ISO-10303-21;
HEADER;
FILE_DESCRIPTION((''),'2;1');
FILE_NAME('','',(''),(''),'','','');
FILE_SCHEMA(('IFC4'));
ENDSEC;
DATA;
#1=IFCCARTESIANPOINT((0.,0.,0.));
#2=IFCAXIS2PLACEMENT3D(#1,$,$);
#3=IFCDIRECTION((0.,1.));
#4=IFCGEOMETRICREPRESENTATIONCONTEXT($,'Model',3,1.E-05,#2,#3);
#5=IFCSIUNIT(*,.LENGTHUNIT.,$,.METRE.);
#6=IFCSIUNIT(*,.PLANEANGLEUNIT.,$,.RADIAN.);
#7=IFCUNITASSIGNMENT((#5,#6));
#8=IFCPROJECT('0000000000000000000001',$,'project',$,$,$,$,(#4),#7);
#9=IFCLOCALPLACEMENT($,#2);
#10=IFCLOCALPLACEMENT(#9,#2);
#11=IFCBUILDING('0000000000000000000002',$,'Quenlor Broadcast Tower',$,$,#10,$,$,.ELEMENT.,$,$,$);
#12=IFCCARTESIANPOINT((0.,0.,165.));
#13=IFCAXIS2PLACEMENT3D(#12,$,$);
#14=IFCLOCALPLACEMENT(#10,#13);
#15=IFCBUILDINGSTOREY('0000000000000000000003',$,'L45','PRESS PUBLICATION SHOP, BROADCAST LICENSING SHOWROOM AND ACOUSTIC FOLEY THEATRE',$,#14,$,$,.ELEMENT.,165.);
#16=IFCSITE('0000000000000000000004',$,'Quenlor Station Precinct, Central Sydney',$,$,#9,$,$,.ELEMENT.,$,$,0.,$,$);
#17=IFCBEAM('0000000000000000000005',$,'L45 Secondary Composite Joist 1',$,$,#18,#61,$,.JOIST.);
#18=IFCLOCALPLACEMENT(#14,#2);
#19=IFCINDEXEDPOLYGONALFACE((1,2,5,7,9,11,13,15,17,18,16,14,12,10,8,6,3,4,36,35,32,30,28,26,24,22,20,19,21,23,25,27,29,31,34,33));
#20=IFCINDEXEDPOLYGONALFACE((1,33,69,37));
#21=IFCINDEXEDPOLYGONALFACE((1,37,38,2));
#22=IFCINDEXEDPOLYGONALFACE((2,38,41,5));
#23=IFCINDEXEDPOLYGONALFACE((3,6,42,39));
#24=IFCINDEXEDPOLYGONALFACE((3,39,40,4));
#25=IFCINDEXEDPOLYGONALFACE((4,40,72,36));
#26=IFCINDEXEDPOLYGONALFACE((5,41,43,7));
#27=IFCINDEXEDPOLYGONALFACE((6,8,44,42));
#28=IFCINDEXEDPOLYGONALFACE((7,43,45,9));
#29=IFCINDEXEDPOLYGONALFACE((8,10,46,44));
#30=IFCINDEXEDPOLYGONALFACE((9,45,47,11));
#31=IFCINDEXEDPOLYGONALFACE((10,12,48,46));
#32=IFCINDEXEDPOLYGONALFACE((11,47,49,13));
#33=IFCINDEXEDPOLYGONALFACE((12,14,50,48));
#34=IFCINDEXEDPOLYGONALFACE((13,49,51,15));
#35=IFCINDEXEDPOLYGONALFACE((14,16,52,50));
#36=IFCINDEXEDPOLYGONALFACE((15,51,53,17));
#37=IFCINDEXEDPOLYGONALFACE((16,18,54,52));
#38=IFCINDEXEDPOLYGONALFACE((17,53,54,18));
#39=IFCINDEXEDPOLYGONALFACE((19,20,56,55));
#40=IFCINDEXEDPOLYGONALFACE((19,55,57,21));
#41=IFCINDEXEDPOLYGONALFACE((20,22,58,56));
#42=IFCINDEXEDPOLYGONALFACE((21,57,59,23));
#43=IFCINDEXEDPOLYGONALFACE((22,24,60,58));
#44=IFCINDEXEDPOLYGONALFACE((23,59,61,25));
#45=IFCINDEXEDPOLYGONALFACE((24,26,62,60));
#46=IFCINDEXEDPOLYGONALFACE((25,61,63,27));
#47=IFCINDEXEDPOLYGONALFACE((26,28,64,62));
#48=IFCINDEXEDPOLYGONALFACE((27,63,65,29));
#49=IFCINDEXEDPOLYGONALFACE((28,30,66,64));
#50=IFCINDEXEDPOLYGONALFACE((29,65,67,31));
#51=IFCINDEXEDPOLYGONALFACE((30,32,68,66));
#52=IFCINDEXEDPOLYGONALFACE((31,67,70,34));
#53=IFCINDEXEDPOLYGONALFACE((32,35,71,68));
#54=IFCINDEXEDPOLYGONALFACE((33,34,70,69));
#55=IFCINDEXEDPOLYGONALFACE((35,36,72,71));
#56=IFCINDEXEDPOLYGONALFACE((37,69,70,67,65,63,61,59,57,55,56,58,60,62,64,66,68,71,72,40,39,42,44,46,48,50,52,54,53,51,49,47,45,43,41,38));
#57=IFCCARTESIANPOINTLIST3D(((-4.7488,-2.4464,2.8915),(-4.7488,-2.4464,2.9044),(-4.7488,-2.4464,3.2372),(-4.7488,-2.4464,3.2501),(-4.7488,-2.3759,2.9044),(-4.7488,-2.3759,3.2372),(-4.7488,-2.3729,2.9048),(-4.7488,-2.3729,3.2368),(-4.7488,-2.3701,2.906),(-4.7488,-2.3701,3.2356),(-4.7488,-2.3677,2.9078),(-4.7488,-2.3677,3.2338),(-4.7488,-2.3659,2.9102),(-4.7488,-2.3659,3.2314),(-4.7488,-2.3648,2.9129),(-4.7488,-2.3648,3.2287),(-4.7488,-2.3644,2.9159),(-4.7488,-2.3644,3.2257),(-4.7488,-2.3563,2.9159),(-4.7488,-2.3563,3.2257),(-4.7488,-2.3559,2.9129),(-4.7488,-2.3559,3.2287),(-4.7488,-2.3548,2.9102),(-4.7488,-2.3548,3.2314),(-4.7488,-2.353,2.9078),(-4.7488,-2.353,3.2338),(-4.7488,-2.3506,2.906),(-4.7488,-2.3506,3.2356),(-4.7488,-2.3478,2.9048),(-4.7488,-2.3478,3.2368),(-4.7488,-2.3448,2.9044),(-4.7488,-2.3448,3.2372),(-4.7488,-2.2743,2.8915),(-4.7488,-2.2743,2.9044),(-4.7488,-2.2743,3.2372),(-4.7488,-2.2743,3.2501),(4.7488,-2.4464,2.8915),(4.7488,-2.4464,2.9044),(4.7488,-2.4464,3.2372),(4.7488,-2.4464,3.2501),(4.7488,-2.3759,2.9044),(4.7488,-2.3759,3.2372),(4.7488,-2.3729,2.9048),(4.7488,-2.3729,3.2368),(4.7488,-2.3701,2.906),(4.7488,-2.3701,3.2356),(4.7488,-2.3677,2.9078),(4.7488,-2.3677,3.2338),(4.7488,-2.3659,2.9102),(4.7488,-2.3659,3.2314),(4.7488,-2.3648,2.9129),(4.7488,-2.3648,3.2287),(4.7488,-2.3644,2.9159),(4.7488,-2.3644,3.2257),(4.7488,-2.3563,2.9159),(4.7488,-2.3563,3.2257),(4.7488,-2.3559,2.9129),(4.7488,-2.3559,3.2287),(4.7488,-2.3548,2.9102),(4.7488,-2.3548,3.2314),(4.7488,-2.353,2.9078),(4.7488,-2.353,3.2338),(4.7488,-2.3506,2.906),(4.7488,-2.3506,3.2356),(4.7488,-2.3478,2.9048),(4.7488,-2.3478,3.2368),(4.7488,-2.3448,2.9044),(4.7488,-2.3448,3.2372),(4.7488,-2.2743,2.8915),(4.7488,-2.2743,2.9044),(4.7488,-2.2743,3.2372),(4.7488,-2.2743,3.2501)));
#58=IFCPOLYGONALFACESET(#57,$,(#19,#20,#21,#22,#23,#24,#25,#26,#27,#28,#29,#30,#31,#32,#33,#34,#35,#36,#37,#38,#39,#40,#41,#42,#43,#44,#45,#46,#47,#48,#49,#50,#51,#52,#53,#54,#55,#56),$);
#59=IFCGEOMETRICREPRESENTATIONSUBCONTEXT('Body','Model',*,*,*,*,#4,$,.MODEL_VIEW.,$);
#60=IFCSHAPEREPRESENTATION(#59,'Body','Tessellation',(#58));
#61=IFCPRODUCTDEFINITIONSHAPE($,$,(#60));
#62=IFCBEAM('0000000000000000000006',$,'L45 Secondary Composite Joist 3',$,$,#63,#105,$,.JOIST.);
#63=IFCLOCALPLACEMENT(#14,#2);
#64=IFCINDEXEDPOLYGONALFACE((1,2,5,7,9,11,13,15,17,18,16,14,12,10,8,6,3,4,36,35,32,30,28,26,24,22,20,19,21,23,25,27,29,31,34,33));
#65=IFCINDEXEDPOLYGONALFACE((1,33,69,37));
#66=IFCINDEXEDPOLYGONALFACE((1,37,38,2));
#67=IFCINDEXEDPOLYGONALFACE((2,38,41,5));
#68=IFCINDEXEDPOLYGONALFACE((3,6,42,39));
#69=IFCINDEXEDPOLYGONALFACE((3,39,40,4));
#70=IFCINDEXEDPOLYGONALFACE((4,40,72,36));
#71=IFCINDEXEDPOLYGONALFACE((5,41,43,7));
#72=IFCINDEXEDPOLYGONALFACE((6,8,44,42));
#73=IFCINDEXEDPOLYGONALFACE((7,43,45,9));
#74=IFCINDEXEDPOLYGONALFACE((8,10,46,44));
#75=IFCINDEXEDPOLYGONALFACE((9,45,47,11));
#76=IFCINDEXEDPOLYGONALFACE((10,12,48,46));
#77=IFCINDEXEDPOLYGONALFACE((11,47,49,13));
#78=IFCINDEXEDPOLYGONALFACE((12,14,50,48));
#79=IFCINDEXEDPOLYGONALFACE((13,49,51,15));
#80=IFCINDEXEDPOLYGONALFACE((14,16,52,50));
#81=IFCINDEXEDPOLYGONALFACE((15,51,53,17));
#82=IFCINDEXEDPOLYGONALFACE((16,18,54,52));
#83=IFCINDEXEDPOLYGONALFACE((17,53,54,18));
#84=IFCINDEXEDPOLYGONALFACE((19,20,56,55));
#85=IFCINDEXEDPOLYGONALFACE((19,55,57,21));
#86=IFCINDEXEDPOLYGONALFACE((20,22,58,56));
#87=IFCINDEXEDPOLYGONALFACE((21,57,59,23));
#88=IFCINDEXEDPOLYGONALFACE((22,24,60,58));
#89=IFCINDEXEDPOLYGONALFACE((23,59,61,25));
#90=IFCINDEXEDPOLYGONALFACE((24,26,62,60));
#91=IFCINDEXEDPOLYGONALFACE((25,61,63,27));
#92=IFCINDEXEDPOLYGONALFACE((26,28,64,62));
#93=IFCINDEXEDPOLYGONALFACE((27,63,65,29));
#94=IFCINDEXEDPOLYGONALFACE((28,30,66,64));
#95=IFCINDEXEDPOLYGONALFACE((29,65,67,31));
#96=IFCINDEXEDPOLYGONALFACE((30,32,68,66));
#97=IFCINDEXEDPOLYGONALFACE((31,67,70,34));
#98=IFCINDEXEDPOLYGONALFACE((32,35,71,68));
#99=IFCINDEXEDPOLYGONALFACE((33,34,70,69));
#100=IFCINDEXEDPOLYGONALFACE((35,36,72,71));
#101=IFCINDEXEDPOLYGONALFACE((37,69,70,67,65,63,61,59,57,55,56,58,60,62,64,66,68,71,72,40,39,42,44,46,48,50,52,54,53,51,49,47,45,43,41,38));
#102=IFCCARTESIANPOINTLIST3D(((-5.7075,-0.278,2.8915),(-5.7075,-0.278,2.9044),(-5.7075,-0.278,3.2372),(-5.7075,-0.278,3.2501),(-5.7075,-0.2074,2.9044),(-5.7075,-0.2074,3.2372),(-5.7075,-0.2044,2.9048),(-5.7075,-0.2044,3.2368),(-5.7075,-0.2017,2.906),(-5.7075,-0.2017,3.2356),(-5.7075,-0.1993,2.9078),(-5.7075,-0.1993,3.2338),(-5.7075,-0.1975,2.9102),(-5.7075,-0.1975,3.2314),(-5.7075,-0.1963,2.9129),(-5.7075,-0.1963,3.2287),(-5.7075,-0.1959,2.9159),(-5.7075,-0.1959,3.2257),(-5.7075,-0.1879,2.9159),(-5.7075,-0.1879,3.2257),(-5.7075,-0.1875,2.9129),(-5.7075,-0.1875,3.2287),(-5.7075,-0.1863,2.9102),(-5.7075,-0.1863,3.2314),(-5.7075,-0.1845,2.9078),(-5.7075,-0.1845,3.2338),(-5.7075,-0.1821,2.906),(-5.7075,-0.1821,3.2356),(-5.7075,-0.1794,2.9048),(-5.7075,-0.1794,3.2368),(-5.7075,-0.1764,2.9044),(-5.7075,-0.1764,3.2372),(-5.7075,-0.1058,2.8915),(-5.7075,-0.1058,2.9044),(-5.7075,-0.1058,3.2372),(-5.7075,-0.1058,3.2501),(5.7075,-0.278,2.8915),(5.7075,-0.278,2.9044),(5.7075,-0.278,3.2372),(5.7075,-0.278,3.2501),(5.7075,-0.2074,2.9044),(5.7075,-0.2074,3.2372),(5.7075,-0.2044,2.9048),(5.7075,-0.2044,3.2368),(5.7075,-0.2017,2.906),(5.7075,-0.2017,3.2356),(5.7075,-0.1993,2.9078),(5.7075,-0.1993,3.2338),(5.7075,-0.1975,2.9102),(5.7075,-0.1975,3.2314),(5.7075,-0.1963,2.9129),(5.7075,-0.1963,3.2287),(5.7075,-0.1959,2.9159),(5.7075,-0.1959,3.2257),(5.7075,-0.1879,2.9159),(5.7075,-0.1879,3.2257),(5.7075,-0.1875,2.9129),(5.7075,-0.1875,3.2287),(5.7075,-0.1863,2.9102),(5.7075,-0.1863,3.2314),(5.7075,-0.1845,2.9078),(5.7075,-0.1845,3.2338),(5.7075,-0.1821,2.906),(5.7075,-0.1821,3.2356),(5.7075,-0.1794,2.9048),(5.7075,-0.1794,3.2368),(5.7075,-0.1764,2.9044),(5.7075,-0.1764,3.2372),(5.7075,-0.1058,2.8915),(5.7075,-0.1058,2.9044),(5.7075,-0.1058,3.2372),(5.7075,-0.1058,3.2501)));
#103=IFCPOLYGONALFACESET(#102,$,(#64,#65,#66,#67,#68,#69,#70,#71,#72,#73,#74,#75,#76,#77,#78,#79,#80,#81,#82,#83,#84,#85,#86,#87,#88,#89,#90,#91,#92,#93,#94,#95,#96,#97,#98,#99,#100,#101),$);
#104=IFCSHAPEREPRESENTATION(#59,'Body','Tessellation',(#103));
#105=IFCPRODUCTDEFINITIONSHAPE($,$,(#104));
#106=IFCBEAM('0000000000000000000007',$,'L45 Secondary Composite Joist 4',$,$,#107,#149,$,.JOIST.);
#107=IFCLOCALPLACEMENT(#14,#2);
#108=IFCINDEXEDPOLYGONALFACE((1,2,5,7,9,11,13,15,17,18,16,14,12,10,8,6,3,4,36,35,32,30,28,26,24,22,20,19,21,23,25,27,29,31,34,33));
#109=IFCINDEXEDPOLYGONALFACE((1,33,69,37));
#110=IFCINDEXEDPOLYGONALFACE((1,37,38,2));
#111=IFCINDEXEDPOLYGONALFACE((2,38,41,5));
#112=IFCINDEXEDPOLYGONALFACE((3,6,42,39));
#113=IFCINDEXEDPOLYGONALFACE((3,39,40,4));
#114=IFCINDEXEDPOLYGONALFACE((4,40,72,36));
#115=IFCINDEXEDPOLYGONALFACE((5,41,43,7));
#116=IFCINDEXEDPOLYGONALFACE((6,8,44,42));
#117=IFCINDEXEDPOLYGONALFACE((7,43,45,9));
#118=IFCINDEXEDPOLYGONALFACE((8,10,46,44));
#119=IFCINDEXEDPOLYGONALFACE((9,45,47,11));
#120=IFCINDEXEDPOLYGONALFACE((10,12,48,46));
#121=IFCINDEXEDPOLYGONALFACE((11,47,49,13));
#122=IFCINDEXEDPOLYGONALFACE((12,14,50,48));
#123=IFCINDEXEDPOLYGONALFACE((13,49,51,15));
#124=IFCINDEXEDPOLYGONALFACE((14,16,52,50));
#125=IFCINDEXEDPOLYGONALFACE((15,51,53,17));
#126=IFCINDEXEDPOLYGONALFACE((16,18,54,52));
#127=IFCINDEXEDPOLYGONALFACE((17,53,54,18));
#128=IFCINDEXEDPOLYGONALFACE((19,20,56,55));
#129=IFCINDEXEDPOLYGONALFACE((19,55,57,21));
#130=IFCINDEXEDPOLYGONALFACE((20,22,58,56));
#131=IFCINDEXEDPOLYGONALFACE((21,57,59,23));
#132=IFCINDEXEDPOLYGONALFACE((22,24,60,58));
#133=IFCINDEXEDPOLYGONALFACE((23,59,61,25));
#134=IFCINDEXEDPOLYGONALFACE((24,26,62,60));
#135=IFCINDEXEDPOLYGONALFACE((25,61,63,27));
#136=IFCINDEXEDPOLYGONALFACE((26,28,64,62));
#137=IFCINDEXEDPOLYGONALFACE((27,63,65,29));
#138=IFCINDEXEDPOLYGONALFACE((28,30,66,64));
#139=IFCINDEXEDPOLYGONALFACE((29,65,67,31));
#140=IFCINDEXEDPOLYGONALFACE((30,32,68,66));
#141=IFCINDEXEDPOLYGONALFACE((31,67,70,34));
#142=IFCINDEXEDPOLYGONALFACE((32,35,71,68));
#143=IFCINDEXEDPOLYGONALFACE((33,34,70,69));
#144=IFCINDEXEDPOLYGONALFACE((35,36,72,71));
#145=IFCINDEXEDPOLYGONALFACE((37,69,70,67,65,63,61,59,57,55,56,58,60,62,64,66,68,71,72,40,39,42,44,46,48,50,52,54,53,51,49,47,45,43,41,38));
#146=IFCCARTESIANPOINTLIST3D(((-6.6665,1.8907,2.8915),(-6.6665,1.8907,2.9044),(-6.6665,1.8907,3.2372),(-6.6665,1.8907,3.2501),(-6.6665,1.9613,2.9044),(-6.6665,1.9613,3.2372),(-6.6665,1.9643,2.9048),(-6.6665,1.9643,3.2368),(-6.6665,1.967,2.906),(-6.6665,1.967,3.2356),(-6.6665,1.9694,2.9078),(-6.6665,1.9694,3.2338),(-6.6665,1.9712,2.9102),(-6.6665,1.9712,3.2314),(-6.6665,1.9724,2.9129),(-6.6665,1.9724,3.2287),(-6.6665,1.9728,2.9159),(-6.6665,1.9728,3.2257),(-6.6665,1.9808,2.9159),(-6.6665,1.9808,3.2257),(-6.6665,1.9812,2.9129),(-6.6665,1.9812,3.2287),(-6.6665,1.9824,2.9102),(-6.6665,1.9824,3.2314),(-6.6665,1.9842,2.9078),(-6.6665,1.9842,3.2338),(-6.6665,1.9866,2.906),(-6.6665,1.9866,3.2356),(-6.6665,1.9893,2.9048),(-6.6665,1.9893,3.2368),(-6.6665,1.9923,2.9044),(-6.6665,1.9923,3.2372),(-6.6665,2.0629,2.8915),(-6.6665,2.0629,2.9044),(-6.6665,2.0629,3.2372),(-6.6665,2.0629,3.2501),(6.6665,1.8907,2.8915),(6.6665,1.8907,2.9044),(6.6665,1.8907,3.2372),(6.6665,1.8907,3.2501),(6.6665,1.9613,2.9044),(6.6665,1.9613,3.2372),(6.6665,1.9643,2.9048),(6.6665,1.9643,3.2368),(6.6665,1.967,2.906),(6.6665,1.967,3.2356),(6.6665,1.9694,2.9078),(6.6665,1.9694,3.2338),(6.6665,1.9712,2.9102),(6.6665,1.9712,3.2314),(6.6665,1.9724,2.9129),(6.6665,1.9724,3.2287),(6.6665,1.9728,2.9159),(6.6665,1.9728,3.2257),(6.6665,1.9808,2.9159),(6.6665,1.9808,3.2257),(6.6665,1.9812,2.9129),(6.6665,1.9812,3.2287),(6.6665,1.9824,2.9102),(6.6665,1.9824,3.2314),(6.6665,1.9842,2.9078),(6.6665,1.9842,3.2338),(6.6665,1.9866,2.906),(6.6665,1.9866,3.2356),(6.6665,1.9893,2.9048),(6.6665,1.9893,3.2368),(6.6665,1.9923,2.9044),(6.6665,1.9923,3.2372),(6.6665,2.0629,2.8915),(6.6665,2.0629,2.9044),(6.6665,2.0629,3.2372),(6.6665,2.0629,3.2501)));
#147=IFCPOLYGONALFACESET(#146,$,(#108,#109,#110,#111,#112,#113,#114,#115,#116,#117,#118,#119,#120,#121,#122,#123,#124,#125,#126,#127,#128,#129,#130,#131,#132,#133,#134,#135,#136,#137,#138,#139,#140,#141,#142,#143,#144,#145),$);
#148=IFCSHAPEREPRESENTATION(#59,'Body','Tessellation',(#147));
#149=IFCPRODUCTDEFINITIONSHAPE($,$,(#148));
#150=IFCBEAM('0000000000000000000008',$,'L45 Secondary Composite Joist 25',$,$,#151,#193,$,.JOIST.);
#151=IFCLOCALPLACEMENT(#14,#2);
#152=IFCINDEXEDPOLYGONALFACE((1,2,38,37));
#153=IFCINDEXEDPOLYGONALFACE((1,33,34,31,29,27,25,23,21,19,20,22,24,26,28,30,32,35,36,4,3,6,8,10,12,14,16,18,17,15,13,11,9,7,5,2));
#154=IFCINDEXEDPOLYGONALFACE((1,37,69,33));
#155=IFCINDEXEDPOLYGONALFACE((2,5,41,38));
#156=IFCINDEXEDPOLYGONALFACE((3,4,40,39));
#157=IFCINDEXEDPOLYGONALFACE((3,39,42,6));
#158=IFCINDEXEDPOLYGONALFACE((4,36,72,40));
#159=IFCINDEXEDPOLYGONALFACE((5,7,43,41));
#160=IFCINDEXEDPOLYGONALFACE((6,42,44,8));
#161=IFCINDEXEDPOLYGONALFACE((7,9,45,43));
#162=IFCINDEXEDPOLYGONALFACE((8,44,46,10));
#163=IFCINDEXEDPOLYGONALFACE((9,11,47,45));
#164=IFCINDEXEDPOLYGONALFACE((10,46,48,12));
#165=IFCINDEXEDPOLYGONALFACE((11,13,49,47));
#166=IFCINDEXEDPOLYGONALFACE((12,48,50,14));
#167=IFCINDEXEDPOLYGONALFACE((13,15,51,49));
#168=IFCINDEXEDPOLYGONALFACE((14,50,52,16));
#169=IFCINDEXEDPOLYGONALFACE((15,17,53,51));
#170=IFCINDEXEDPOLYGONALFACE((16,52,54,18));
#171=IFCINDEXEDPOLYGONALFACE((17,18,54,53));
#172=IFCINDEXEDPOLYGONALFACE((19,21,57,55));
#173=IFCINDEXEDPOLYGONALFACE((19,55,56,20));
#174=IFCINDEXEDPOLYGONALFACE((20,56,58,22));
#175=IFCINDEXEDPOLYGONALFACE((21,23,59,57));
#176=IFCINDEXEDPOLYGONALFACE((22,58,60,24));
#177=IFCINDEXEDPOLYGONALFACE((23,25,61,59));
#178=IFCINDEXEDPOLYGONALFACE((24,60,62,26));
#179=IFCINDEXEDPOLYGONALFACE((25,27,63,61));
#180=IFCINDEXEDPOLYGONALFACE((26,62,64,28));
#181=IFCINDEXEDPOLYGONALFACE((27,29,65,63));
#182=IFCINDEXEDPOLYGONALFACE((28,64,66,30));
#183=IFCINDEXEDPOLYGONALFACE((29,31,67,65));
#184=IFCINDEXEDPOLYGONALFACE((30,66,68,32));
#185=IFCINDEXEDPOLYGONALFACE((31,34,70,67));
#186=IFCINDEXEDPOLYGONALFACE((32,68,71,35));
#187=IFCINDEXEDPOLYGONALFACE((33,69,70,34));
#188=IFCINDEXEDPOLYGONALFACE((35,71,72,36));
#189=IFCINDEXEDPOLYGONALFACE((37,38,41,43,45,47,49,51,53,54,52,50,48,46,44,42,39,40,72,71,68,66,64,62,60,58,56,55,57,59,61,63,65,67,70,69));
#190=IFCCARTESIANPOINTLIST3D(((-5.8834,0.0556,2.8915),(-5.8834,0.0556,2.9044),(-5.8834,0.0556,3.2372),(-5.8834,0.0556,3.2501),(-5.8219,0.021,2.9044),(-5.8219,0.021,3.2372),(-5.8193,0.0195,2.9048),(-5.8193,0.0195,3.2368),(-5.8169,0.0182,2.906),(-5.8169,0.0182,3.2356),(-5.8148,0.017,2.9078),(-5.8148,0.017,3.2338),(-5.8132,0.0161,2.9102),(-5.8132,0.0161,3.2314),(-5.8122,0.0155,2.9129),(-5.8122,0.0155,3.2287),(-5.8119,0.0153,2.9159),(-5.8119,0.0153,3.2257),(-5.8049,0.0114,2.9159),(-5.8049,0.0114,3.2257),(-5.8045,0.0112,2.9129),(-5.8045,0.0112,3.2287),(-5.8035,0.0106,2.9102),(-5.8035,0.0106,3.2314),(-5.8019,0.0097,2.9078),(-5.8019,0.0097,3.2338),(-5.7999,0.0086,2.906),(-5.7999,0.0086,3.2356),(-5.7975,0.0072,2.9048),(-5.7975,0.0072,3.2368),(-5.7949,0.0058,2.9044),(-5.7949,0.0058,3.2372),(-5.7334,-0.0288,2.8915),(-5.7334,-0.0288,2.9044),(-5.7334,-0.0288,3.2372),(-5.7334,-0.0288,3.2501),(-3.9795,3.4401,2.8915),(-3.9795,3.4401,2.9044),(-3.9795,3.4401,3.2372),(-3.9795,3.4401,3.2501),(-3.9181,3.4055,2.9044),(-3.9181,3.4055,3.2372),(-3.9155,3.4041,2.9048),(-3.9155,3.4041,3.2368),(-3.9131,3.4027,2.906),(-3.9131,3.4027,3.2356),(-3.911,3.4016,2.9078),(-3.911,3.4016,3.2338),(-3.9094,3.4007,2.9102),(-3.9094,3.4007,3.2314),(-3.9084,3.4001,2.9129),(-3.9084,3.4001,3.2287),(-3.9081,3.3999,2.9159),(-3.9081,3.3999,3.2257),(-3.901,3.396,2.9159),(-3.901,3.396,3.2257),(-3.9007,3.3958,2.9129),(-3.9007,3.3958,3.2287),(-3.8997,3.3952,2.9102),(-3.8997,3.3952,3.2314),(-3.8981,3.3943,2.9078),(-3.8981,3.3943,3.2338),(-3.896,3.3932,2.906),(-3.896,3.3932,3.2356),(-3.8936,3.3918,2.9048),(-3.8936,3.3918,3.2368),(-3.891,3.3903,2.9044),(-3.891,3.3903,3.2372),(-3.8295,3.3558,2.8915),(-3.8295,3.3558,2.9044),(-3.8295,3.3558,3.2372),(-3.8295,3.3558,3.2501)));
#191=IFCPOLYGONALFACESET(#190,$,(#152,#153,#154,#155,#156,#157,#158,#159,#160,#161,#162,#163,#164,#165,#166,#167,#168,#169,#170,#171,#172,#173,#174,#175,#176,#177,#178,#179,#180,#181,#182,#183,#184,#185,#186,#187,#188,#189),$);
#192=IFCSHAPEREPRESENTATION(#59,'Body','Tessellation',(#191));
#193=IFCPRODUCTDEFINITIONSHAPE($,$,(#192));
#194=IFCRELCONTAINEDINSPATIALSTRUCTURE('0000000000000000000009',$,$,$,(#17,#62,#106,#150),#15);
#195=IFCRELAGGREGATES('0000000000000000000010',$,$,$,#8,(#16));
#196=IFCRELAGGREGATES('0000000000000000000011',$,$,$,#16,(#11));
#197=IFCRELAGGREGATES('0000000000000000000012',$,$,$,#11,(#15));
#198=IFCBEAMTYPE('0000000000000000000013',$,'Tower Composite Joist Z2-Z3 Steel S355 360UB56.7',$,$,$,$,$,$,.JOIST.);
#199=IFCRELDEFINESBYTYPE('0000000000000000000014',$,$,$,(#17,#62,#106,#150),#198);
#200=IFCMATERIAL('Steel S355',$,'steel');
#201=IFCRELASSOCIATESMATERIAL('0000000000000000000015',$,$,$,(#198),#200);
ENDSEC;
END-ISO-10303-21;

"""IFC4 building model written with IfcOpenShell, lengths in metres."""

from ifc_helpers import new_model, si_unit, direction, frame, origin, origin_2d, place, context, subcontext, project, spatial, i_section, extrude, material, material_profile, profile_set, type_object, element, save


model = new_model("IFC4")

# Units and contexts
model_context = context("Model", 3, precision=1e-05, world=origin(), true_north=direction((0.0, 1.0)))
body_context = subcontext(model_context, "Body", "Model", "MODEL_VIEW")
ifc_project = project(units=[si_unit("LENGTHUNIT", "METRE"), si_unit("PLANEANGLEUNIT", "RADIAN")], contexts=[model_context])

# Site, building, storey
site_placement = place(None, origin())
site = spatial("IfcSite", under=ifc_project, at=site_placement, Name="Quenlor Station Precinct, Central Sydney", CompositionType="ELEMENT", RefElevation=0.0)
building_placement = place(site_placement, origin())
building = spatial("IfcBuilding", under=site, at=building_placement, Name="Quenlor Broadcast Tower", CompositionType="ELEMENT")
storey_placement = place(building_placement, frame((0.0, 0.0, 165.0)))
storey = spatial("IfcBuildingStorey", under=building, at=storey_placement, Name="L45", Description="PRESS PUBLICATION SHOP, BROADCAST LICENSING SHOWROOM AND ACOUSTIC FOLEY THEATRE", CompositionType="ELEMENT", Elevation=165.0)

# Beams
ifc_material_1 = material(Name="Steel S355", Category="steel")
ifc_material_profile = material_profile(ifc_material_1, i_section(OverallWidth=0.1721, OverallDepth=0.3586, WebThickness=0.0081, FlangeThickness=0.0129, FilletRadius=0.0115, at=origin_2d()))
ifc_profile_set = profile_set([ifc_material_profile], Name="Steel S355 360UB56.7")
beam_type = type_object("IfcBeamType", Name="Tower Composite Joist Z2-Z3 Steel S355 360UB56.7", PredefinedType="JOIST", material=ifc_profile_set)
beam_1_placement = place(storey_placement, frame((-4.7488, -2.3604, 3.0708), z_axis=(1.0, 0.0, 0.0), x_axis=(0.0, 1.0, 0.0)))
element("IfcBeam", 1, at=beam_1_placement, inside=storey, type_object=beam_type, Name="L45 Secondary Composite Joist 1", PredefinedType="JOIST", context=body_context, shape_type="SweptSolid", body=[
    extrude(i_section(OverallWidth=0.1721, OverallDepth=0.3586, WebThickness=0.0081, FlangeThickness=0.0129, FilletRadius=0.0115, at=origin_2d()), origin(), (0.0, 0.0, 1.0), 9.4976),
])
beam_2_placement = place(storey_placement, frame((-5.7075, -0.1919, 3.0708), z_axis=(1.0, 0.0, 0.0), x_axis=(0.0, 1.0, 0.0)))
element("IfcBeam", 2, at=beam_2_placement, inside=storey, type_object=beam_type, Name="L45 Secondary Composite Joist 3", PredefinedType="JOIST", context=body_context, shape_type="SweptSolid", body=[
    extrude(i_section(OverallWidth=0.1721, OverallDepth=0.3586, WebThickness=0.0081, FlangeThickness=0.0129, FilletRadius=0.0115, at=origin_2d()), origin(), (0.0, 0.0, 1.0), 11.415),
])
beam_3_placement = place(storey_placement, frame((-6.6665, 1.9768, 3.0708), z_axis=(1.0, 0.0, 0.0), x_axis=(0.0, 1.0, 0.0)))
element("IfcBeam", 3, at=beam_3_placement, inside=storey, type_object=beam_type, Name="L45 Secondary Composite Joist 4", PredefinedType="JOIST", context=body_context, shape_type="SweptSolid", body=[
    extrude(i_section(OverallWidth=0.1721, OverallDepth=0.3586, WebThickness=0.0081, FlangeThickness=0.0129, FilletRadius=0.0115, at=origin_2d()), origin(), (0.0, 0.0, 1.0), 13.333),
])
beam_4_placement = place(storey_placement, frame((-3.9045, 3.3979, 3.0708), z_axis=(-0.490264, -0.871574, 0.0), x_axis=(0.871574, -0.490264, 0.0)))
element("IfcBeam", 4, at=beam_4_placement, inside=storey, type_object=beam_type, Name="L45 Secondary Composite Joist 25", PredefinedType="JOIST", context=body_context, shape_type="SweptSolid", body=[
    extrude(i_section(OverallWidth=0.1721, OverallDepth=0.3586, WebThickness=0.0081, FlangeThickness=0.0129, FilletRadius=0.0115, at=origin_2d()), origin(), (0.0, 0.0, 1.0), 3.8833),
])

save(model, "model.ifc")
